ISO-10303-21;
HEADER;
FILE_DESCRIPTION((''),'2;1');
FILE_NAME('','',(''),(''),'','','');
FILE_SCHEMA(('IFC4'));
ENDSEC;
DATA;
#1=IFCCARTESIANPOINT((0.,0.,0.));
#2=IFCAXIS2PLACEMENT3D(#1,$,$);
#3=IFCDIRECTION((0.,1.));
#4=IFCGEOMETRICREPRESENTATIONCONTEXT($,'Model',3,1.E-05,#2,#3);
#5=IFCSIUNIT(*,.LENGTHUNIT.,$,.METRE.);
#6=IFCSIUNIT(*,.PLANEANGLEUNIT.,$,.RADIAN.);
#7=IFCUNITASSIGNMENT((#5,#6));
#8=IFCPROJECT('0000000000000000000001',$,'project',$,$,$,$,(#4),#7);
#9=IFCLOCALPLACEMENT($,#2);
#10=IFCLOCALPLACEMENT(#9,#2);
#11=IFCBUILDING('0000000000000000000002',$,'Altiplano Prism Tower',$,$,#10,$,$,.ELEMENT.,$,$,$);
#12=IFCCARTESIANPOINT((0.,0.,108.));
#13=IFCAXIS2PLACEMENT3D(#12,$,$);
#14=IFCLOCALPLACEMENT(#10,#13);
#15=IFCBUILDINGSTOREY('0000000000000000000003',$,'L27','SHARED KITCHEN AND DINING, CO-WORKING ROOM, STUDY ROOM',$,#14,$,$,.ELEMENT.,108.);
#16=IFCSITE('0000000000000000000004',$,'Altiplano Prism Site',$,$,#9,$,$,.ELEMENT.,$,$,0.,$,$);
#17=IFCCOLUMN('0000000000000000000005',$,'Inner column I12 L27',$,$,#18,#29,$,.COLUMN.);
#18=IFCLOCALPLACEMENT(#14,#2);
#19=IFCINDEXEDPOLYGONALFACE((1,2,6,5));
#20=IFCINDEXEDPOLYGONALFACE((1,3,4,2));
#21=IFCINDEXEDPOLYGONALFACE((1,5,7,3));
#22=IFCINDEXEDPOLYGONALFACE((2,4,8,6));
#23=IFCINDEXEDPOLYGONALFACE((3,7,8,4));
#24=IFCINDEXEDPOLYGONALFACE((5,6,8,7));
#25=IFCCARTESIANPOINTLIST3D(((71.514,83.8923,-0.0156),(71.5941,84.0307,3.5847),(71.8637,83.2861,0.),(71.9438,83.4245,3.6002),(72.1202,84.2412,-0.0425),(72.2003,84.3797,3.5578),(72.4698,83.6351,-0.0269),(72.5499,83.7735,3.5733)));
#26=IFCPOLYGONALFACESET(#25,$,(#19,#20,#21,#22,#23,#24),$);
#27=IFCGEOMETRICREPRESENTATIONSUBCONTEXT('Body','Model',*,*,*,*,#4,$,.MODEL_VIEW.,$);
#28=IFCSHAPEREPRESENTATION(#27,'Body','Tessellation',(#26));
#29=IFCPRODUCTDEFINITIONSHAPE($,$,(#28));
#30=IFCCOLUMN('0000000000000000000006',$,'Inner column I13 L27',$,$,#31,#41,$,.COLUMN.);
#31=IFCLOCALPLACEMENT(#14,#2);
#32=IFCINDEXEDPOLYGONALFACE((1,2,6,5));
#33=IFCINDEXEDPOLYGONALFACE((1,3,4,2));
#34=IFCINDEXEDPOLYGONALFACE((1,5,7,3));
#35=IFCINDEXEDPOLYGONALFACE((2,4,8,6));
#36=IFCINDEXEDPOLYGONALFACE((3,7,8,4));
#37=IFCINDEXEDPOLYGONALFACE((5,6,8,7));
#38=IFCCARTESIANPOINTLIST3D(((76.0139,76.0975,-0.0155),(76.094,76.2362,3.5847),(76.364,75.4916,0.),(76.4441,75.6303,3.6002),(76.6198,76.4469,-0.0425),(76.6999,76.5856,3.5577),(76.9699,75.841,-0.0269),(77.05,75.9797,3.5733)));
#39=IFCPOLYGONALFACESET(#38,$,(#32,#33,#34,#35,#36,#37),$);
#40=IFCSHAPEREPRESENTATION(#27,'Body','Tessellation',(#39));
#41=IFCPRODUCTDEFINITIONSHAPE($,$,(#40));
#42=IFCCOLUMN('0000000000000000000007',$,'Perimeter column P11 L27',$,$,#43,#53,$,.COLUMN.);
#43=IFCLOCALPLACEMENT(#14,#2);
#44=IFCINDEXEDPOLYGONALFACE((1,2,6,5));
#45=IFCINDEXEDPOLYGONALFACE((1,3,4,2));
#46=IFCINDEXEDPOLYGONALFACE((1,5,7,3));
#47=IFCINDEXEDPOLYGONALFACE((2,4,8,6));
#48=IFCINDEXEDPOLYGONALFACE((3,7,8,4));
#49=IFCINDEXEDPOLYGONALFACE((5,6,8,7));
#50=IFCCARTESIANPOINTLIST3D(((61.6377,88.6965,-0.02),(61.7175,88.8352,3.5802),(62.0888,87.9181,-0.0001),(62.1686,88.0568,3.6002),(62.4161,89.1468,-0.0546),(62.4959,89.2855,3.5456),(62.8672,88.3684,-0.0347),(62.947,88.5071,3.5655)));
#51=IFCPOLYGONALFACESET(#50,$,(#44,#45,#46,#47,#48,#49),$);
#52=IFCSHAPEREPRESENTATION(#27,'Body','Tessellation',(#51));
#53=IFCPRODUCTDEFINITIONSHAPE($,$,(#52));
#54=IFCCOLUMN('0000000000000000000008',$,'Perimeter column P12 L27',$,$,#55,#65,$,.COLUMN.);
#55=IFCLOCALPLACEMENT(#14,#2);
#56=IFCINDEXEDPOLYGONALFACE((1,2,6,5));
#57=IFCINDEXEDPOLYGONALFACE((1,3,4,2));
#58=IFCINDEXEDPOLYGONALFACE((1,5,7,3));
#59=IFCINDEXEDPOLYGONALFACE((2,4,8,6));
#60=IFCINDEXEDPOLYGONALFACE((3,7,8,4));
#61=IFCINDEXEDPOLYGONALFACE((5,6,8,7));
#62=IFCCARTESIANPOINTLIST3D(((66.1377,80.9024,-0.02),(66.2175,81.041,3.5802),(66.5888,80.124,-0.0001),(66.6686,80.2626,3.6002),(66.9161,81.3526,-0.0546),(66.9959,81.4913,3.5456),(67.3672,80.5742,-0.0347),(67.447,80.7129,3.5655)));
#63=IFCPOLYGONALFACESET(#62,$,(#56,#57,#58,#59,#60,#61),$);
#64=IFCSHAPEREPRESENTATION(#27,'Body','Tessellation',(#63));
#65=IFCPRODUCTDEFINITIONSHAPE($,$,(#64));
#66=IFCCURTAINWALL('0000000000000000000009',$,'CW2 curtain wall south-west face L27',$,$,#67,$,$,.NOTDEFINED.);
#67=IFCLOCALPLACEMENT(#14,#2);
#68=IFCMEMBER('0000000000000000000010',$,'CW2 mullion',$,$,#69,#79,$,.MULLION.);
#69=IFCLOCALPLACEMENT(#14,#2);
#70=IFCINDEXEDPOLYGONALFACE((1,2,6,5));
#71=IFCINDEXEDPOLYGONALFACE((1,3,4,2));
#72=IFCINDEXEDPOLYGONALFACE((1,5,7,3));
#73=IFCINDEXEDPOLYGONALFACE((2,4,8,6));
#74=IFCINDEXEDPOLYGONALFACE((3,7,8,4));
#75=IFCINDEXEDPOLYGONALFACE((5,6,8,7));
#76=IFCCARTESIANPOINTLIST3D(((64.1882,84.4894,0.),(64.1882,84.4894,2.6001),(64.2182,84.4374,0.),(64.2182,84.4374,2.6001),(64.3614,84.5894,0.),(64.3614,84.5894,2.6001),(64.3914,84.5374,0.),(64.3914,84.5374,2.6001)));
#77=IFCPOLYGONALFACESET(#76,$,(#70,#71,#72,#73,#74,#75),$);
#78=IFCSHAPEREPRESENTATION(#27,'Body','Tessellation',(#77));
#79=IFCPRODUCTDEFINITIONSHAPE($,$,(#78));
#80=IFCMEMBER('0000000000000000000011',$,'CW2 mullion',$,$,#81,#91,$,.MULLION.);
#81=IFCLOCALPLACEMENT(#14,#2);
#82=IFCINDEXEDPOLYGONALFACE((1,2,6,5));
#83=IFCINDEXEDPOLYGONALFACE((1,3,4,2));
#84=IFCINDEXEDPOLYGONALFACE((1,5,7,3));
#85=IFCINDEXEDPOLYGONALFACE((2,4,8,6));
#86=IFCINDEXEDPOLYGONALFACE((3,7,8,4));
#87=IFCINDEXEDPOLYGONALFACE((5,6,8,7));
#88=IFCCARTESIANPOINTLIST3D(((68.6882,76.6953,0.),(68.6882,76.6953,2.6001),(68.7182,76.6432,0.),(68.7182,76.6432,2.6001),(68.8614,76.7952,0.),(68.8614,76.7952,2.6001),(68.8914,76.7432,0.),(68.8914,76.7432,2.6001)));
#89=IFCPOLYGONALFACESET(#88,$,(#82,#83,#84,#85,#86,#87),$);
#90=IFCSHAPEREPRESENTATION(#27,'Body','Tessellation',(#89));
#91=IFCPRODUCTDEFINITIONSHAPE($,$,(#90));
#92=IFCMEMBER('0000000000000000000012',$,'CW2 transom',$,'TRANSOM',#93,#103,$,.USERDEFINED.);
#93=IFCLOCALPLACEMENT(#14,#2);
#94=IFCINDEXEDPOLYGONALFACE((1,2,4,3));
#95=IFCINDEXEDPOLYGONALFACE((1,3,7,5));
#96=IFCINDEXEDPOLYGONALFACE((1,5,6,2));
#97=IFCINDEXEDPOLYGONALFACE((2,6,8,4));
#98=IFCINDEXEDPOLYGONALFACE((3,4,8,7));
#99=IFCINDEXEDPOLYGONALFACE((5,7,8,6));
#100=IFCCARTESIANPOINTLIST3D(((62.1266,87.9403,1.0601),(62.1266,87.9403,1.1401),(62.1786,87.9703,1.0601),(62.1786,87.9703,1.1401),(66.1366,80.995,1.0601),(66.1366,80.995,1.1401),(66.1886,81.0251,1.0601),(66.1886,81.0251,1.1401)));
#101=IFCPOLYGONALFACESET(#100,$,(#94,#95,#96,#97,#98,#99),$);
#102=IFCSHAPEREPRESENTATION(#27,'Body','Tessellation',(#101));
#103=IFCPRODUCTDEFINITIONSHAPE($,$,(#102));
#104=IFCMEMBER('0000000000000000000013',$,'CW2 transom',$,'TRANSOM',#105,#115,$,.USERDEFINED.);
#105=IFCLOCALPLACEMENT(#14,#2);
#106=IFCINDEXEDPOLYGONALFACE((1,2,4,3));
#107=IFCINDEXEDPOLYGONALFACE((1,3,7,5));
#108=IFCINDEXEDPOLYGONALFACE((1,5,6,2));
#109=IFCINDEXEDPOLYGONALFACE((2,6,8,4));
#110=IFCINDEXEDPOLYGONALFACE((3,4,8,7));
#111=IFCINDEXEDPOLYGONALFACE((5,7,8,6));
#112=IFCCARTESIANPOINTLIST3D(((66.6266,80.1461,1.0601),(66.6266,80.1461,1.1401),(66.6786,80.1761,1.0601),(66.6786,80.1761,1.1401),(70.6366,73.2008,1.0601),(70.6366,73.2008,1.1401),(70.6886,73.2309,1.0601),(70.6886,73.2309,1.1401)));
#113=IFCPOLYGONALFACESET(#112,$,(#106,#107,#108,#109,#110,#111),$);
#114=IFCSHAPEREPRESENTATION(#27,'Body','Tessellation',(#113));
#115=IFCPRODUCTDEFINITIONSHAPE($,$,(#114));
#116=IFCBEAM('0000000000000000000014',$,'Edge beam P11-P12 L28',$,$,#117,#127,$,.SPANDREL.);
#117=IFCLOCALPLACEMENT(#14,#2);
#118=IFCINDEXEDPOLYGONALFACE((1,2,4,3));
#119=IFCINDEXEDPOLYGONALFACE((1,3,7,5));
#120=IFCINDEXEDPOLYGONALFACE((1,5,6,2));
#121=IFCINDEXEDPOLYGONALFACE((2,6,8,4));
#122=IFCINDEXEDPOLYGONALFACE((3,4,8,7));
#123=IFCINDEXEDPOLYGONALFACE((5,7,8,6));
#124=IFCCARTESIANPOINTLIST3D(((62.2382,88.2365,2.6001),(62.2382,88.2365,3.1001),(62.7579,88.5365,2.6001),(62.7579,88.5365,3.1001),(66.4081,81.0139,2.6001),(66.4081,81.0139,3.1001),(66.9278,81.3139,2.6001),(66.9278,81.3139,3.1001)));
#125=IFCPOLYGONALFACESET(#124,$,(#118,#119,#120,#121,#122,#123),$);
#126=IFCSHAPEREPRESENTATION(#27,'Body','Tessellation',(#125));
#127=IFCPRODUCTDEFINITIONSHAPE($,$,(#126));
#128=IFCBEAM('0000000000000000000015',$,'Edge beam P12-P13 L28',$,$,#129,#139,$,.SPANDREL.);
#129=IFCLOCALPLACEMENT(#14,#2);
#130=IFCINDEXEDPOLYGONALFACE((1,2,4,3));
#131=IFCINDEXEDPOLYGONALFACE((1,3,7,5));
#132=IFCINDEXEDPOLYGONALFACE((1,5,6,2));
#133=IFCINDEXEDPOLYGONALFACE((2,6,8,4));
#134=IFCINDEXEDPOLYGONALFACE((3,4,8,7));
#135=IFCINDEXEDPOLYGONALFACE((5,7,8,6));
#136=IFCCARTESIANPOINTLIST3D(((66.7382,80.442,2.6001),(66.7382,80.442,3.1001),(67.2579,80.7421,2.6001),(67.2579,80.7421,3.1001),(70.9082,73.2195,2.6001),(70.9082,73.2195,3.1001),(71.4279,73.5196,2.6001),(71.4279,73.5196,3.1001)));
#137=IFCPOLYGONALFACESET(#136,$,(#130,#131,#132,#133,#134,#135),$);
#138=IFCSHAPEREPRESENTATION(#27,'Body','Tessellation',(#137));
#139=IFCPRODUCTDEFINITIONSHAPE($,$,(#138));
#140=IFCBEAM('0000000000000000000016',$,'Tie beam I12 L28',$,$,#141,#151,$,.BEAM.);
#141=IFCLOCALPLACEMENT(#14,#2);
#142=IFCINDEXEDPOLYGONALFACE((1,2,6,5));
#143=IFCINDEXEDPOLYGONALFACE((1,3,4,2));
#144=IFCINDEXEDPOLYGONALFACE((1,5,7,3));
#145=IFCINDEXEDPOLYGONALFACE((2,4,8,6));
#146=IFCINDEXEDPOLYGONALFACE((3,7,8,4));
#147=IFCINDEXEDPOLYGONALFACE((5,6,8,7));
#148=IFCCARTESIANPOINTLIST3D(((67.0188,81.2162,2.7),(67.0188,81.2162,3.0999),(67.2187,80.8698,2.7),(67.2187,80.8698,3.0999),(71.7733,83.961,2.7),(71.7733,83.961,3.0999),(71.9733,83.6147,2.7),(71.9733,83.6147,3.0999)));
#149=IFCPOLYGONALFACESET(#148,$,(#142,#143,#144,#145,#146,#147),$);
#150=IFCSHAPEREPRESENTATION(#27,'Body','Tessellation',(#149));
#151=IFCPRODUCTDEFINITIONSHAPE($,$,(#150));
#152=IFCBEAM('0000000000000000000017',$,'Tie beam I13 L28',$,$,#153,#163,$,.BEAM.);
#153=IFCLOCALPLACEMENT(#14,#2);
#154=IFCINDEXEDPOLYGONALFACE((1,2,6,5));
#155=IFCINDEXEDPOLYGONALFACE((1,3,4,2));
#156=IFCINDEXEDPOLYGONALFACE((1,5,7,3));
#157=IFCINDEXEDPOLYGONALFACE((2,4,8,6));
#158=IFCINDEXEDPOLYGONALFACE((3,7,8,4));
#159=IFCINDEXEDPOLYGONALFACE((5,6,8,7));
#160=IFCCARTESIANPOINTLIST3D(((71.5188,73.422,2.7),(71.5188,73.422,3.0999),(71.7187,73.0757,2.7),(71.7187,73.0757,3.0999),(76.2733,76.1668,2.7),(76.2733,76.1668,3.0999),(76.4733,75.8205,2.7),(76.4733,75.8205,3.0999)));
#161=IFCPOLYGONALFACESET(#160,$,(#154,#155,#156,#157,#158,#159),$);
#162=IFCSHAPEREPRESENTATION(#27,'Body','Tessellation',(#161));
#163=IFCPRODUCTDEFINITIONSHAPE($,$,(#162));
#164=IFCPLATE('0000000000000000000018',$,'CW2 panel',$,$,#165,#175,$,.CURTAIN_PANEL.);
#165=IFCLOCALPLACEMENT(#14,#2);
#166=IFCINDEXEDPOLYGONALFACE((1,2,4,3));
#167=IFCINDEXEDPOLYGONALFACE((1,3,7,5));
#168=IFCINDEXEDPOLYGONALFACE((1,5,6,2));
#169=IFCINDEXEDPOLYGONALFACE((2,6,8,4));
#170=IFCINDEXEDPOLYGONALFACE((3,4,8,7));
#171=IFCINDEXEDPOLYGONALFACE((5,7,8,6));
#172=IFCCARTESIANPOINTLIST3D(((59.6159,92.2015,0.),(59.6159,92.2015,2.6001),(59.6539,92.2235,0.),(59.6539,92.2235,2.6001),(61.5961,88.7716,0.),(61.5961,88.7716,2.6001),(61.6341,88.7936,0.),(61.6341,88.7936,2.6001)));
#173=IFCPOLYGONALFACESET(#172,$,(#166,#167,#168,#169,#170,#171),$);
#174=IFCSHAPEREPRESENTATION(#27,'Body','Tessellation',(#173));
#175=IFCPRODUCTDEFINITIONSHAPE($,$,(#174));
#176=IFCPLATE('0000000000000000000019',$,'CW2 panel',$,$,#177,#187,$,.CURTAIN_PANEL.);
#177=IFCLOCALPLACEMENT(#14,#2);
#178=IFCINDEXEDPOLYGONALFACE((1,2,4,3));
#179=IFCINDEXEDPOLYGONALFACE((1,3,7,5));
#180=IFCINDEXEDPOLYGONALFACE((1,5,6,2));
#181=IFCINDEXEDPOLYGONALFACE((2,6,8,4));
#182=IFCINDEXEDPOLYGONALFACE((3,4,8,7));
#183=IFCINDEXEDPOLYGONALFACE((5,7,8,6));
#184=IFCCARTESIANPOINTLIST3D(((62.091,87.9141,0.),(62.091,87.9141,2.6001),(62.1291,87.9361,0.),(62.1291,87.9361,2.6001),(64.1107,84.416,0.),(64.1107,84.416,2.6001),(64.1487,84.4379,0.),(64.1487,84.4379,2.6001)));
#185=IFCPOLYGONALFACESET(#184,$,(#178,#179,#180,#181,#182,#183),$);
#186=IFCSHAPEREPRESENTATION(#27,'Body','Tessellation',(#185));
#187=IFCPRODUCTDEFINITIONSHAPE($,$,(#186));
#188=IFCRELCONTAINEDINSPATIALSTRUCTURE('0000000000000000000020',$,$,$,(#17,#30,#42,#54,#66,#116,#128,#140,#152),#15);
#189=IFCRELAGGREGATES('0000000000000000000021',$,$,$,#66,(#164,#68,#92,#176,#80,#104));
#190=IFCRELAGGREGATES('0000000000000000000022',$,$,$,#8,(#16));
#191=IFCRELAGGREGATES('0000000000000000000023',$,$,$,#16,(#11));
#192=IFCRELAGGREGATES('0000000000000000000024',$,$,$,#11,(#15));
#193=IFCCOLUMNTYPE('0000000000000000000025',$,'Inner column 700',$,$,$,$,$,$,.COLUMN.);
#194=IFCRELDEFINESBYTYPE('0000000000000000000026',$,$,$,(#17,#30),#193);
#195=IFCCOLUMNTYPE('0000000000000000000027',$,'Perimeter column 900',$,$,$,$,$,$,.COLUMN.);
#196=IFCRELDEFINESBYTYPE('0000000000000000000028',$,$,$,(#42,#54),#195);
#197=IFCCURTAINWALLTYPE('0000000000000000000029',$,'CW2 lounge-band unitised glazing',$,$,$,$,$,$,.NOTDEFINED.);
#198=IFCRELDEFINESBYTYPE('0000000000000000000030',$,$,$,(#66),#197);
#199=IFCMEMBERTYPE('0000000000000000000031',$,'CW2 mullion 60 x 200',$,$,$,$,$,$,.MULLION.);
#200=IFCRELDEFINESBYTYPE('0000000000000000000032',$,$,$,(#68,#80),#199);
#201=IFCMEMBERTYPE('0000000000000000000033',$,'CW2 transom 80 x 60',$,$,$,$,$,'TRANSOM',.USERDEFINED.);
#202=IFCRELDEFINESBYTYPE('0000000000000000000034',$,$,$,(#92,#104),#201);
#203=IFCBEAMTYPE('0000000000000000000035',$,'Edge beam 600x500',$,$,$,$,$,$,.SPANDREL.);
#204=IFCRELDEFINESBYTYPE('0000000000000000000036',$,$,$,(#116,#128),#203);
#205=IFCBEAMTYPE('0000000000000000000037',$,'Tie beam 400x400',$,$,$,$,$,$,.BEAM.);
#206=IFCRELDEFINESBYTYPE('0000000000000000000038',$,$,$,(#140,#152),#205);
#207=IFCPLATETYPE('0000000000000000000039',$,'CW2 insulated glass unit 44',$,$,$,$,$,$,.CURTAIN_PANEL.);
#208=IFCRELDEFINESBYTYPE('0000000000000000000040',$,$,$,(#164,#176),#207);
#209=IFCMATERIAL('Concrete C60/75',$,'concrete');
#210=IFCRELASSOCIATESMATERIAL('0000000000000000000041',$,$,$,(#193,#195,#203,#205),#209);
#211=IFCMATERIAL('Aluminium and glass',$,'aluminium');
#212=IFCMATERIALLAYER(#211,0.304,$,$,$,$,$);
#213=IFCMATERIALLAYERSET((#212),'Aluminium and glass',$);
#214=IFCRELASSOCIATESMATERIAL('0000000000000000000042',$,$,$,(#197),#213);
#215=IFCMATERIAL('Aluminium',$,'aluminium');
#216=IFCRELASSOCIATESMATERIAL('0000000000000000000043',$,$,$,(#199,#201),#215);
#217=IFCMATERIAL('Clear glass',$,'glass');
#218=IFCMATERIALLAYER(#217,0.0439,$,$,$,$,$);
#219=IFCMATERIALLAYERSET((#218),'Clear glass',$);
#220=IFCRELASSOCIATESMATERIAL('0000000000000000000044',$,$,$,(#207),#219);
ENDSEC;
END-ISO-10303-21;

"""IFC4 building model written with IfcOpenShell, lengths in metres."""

from ifc_helpers import new_model, si_unit, direction, frame, origin, origin_2d, place, context, subcontext, project, spatial, rectangle, extrude, material, layer, layer_set, material_profile, profile_set, type_object, element, aggregate, save


model = new_model("IFC4")

# Units and contexts
model_context = context("Model", 3, precision=1e-05, world=origin(), true_north=direction((0.0, 1.0)))
body_context = subcontext(model_context, "Body", "Model", "MODEL_VIEW")
ifc_project = project(units=[si_unit("LENGTHUNIT", "METRE"), si_unit("PLANEANGLEUNIT", "RADIAN")], contexts=[model_context])

# Site, building, storey
site_placement = place(None, origin())
site = spatial("IfcSite", under=ifc_project, at=site_placement, Name="Altiplano Prism Site", CompositionType="ELEMENT", RefElevation=0.0)
building_placement = place(site_placement, origin())
building = spatial("IfcBuilding", under=site, at=building_placement, Name="Altiplano Prism Tower", CompositionType="ELEMENT")
storey_placement = place(building_placement, frame((0.0, 0.0, 108.0)))
storey = spatial("IfcBuildingStorey", under=building, at=storey_placement, Name="L27", Description="SHARED KITCHEN AND DINING, CO-WORKING ROOM, STUDY ROOM", CompositionType="ELEMENT", Elevation=108.0)

# Columns
ifc_material_1 = material(Name="Concrete C60/75", Category="concrete")
ifc_material_profile_1 = material_profile(ifc_material_1, rectangle(XDim=0.7, YDim=0.7, at=origin_2d()), Name="Inner column 700")
ifc_profile_set_1 = profile_set([ifc_material_profile_1], Name="Concrete C60/75")
column_type_1 = type_object("IfcColumnType", Name="Inner column 700", PredefinedType="COLUMN", material=ifc_profile_set_1)
for number, where, z_axis, x_axis, name in (
    (1, (71.9919, 83.7637, -0.0212), (0.022221, 0.038413, 0.999015), (-0.866024, -0.498523, 0.038432), "Inner column I12 L27"),
    (2, (76.4919, 75.9692, -0.0212), (0.022221, 0.038481, 0.999012), (-0.865639, -0.499187, 0.038483), "Inner column I13 L27"),
):
    element("IfcColumn", number, at=place(storey_placement, frame(where, z_axis=z_axis, x_axis=x_axis)), inside=storey, type_object=column_type_1, Name=name, PredefinedType="COLUMN", context=body_context, shape_type="SweptSolid", body=[
        extrude(rectangle(XDim=0.7, YDim=0.7, at=origin_2d()), origin(), (0.0, 0.0, 1.0), 3.6038),
    ])
ifc_material_profile_2 = material_profile(ifc_material_1, rectangle(XDim=0.8999, YDim=0.8999, at=origin_2d()), Name="Perimeter column 900")
ifc_profile_set_2 = profile_set([ifc_material_profile_2], Name="Concrete C60/75")
column_type_2 = type_object("IfcColumnType", Name="Perimeter column 900", PredefinedType="COLUMN", material=ifc_profile_set_2)
for number, where, z_axis, x_axis, name in (
    (3, (62.2524, 88.5325, -0.0273), (0.022154, 0.038481, 0.999014), (-0.864982, -0.500327, 0.038453), "Perimeter column P11 L27"),
    (4, (66.7524, 80.7383, -0.0273), (0.022154, 0.038481, 0.999014), (-0.864982, -0.500327, 0.038453), "Perimeter column P12 L27"),
):
    element("IfcColumn", number, at=place(storey_placement, frame(where, z_axis=z_axis, x_axis=x_axis)), inside=storey, type_object=column_type_2, Name=name, PredefinedType="COLUMN", context=body_context, shape_type="SweptSolid", body=[
        extrude(rectangle(XDim=0.8999, YDim=0.8999, at=origin_2d()), origin(), (0.0, 0.0, 1.0), 3.6038),
    ])

# Curtain wall, members
ifc_material_2 = material(Name="Aluminium and glass", Category="aluminium")
ifc_layer_1 = layer(ifc_material_2, 0.304)
ifc_layer_set_1 = layer_set([ifc_layer_1], Name="Aluminium and glass")
curtain_wall_type = type_object("IfcCurtainWallType", Name="CW2 lounge-band unitised glazing", PredefinedType="NOTDEFINED", material=ifc_layer_set_1)
curtain_wall_placement = place(storey_placement, origin())
curtain_wall = element("IfcCurtainWall", 5, at=curtain_wall_placement, inside=storey, type_object=curtain_wall_type, Name="CW2 curtain wall south-west face L27", PredefinedType="NOTDEFINED")
ifc_material_3 = material(Name="Aluminium", Category="aluminium")
ifc_material_profile_3 = material_profile(ifc_material_3, rectangle(XDim=0.2, YDim=0.0601, at=origin_2d()), Name="CW2 mullion 60 x 200")
ifc_profile_set_3 = profile_set([ifc_material_profile_3], Name="Aluminium")
member_type_1 = type_object("IfcMemberType", Name="CW2 mullion 60 x 200", PredefinedType="MULLION", material=ifc_profile_set_3)
member_1_placement = place(storey_placement, frame((64.2898, 84.5134, 0.0), z_axis=(0.0, 0.0, 1.0), x_axis=(0.866025, 0.5, 0.0)))
member_1 = element("IfcMember", 6, at=member_1_placement, type_object=member_type_1, Name="CW2 mullion", PredefinedType="MULLION", context=body_context, shape_type="SweptSolid", body=[
    extrude(rectangle(XDim=0.2, YDim=0.0601, at=origin_2d()), origin(), (0.0, 0.0, 1.0), 2.6001),
])
member_2_placement = place(storey_placement, frame((68.7898, 76.7192, 0.0), z_axis=(0.0, 0.0, 1.0), x_axis=(0.866025, 0.5, 0.0)))
member_2 = element("IfcMember", 7, at=member_2_placement, type_object=member_type_1, Name="CW2 mullion", PredefinedType="MULLION", context=body_context, shape_type="SweptSolid", body=[
    extrude(rectangle(XDim=0.2, YDim=0.0601, at=origin_2d()), origin(), (0.0, 0.0, 1.0), 2.6001),
])
ifc_material_profile_4 = material_profile(ifc_material_3, rectangle(XDim=0.0601, YDim=0.0801, at=origin_2d()), Name="CW2 transom 80 x 60")
ifc_profile_set_4 = profile_set([ifc_material_profile_4], Name="Aluminium")
member_type_2 = type_object("IfcMemberType", Name="CW2 transom 80 x 60", ElementType="TRANSOM", PredefinedType="USERDEFINED", material=ifc_profile_set_4)
member_3_placement = place(storey_placement, frame((62.1526, 87.9553, 1.1001), z_axis=(0.500012, -0.866018, 0.0), x_axis=(0.866018, 0.500012, 0.0)))
member_3 = element("IfcMember", 8, at=member_3_placement, type_object=member_type_2, Name="CW2 transom", ObjectType="TRANSOM", PredefinedType="USERDEFINED", context=body_context, shape_type="SweptSolid", body=[
    extrude(rectangle(XDim=0.0601, YDim=0.0801, at=origin_2d()), origin(), (0.0, 0.0, 1.0), 8.0198),
])
member_4_placement = place(storey_placement, frame((66.6526, 80.1611, 1.1001), z_axis=(0.500012, -0.866018, 0.0), x_axis=(0.866018, 0.500012, 0.0)))
member_4 = element("IfcMember", 9, at=member_4_placement, type_object=member_type_2, Name="CW2 transom", ObjectType="TRANSOM", PredefinedType="USERDEFINED", context=body_context, shape_type="SweptSolid", body=[
    extrude(rectangle(XDim=0.0601, YDim=0.0801, at=origin_2d()), origin(), (0.0, 0.0, 1.0), 8.0198),
])

# Beams
ifc_material_profile_5 = material_profile(ifc_material_1, rectangle(XDim=0.6001, YDim=0.5, at=origin_2d()), Name="Edge beam 600x500")
ifc_profile_set_5 = profile_set([ifc_material_profile_5], Name="Concrete C60/75")
beam_type_1 = type_object("IfcBeamType", Name="Edge beam 600x500", PredefinedType="SPANDREL", material=ifc_profile_set_5)
for number, where, z_axis, x_axis, name in (
    (10, (62.498, 88.3865, 2.8501), (0.499993, -0.86603, 0.0), (0.86603, 0.499993, 0.0), "Edge beam P11-P12 L28"),
    (11, (66.998, 80.592, 2.8501), (0.500005, -0.866022, 0.0), (0.866022, 0.500005, 0.0), "Edge beam P12-P13 L28"),
):
    element("IfcBeam", number, at=place(storey_placement, frame(where, z_axis=z_axis, x_axis=x_axis)), inside=storey, type_object=beam_type_1, Name=name, PredefinedType="SPANDREL", context=body_context, shape_type="SweptSolid", body=[
        extrude(rectangle(XDim=0.6001, YDim=0.5, at=origin_2d()), origin(), (0.0, 0.0, 1.0), 8.3398),
    ])
ifc_material_profile_6 = material_profile(ifc_material_1, rectangle(XDim=0.3999, YDim=0.3999, at=origin_2d()), Name="Tie beam 400x400")
ifc_profile_set_6 = profile_set([ifc_material_profile_6], Name="Concrete C60/75")
beam_type_2 = type_object("IfcBeamType", Name="Tie beam 400x400", PredefinedType="BEAM", material=ifc_profile_set_6)
for number, where, z_axis, x_axis, name in (
    (12, (71.8733, 83.7878, 2.8999), (-0.866043, -0.49997, 0.0), (0.49997, -0.866043, 0.0), "Tie beam I12 L28"),
    (13, (76.3733, 75.9937, 2.8999), (-0.866043, -0.49997, 0.0), (0.49997, -0.866043, 0.0), "Tie beam I13 L28"),
):
    element("IfcBeam", number, at=place(storey_placement, frame(where, z_axis=z_axis, x_axis=x_axis)), inside=storey, type_object=beam_type_2, Name=name, PredefinedType="BEAM", context=body_context, shape_type="SweptSolid", body=[
        extrude(rectangle(XDim=0.3999, YDim=0.3999, at=origin_2d()), origin(), (0.0, 0.0, 1.0), 5.49),
    ])

# Plates
ifc_material_4 = material(Name="Clear glass", Category="glass")
ifc_layer_2 = layer(ifc_material_4, 0.0439)
ifc_layer_set_2 = layer_set([ifc_layer_2], Name="Clear glass")
plate_type = type_object("IfcPlateType", Name="CW2 insulated glass unit 44", PredefinedType="CURTAIN_PANEL", material=ifc_layer_set_2)
plate_1_placement = place(storey_placement, frame((60.625, 90.4976, 0.0), z_axis=(0.0, 0.0, 1.0), x_axis=(0.5, -0.866025, 0.0)))
plate_1 = element("IfcPlate", 14, at=plate_1_placement, type_object=plate_type, Name="CW2 panel", PredefinedType="CURTAIN_PANEL", context=body_context, shape_type="SweptSolid", body=[
    extrude(rectangle(XDim=3.9604, YDim=0.0439, at=origin_2d()), origin(), (0.0, 0.0, 1.0), 2.6001),
])
plate_2_placement = place(storey_placement, frame((63.1199, 86.176, 0.0), z_axis=(0.0, 0.0, 1.0), x_axis=(0.5, -0.866025, 0.0)))
plate_2 = element("IfcPlate", 15, at=plate_2_placement, type_object=plate_type, Name="CW2 panel", PredefinedType="CURTAIN_PANEL", context=body_context, shape_type="SweptSolid", body=[
    extrude(rectangle(XDim=4.0393, YDim=0.0439, at=origin_2d()), origin(), (0.0, 0.0, 1.0), 2.6001),
])
aggregate(curtain_wall, [plate_1, member_1, member_3, plate_2, member_2, member_4])

save(model, "model.ifc")
